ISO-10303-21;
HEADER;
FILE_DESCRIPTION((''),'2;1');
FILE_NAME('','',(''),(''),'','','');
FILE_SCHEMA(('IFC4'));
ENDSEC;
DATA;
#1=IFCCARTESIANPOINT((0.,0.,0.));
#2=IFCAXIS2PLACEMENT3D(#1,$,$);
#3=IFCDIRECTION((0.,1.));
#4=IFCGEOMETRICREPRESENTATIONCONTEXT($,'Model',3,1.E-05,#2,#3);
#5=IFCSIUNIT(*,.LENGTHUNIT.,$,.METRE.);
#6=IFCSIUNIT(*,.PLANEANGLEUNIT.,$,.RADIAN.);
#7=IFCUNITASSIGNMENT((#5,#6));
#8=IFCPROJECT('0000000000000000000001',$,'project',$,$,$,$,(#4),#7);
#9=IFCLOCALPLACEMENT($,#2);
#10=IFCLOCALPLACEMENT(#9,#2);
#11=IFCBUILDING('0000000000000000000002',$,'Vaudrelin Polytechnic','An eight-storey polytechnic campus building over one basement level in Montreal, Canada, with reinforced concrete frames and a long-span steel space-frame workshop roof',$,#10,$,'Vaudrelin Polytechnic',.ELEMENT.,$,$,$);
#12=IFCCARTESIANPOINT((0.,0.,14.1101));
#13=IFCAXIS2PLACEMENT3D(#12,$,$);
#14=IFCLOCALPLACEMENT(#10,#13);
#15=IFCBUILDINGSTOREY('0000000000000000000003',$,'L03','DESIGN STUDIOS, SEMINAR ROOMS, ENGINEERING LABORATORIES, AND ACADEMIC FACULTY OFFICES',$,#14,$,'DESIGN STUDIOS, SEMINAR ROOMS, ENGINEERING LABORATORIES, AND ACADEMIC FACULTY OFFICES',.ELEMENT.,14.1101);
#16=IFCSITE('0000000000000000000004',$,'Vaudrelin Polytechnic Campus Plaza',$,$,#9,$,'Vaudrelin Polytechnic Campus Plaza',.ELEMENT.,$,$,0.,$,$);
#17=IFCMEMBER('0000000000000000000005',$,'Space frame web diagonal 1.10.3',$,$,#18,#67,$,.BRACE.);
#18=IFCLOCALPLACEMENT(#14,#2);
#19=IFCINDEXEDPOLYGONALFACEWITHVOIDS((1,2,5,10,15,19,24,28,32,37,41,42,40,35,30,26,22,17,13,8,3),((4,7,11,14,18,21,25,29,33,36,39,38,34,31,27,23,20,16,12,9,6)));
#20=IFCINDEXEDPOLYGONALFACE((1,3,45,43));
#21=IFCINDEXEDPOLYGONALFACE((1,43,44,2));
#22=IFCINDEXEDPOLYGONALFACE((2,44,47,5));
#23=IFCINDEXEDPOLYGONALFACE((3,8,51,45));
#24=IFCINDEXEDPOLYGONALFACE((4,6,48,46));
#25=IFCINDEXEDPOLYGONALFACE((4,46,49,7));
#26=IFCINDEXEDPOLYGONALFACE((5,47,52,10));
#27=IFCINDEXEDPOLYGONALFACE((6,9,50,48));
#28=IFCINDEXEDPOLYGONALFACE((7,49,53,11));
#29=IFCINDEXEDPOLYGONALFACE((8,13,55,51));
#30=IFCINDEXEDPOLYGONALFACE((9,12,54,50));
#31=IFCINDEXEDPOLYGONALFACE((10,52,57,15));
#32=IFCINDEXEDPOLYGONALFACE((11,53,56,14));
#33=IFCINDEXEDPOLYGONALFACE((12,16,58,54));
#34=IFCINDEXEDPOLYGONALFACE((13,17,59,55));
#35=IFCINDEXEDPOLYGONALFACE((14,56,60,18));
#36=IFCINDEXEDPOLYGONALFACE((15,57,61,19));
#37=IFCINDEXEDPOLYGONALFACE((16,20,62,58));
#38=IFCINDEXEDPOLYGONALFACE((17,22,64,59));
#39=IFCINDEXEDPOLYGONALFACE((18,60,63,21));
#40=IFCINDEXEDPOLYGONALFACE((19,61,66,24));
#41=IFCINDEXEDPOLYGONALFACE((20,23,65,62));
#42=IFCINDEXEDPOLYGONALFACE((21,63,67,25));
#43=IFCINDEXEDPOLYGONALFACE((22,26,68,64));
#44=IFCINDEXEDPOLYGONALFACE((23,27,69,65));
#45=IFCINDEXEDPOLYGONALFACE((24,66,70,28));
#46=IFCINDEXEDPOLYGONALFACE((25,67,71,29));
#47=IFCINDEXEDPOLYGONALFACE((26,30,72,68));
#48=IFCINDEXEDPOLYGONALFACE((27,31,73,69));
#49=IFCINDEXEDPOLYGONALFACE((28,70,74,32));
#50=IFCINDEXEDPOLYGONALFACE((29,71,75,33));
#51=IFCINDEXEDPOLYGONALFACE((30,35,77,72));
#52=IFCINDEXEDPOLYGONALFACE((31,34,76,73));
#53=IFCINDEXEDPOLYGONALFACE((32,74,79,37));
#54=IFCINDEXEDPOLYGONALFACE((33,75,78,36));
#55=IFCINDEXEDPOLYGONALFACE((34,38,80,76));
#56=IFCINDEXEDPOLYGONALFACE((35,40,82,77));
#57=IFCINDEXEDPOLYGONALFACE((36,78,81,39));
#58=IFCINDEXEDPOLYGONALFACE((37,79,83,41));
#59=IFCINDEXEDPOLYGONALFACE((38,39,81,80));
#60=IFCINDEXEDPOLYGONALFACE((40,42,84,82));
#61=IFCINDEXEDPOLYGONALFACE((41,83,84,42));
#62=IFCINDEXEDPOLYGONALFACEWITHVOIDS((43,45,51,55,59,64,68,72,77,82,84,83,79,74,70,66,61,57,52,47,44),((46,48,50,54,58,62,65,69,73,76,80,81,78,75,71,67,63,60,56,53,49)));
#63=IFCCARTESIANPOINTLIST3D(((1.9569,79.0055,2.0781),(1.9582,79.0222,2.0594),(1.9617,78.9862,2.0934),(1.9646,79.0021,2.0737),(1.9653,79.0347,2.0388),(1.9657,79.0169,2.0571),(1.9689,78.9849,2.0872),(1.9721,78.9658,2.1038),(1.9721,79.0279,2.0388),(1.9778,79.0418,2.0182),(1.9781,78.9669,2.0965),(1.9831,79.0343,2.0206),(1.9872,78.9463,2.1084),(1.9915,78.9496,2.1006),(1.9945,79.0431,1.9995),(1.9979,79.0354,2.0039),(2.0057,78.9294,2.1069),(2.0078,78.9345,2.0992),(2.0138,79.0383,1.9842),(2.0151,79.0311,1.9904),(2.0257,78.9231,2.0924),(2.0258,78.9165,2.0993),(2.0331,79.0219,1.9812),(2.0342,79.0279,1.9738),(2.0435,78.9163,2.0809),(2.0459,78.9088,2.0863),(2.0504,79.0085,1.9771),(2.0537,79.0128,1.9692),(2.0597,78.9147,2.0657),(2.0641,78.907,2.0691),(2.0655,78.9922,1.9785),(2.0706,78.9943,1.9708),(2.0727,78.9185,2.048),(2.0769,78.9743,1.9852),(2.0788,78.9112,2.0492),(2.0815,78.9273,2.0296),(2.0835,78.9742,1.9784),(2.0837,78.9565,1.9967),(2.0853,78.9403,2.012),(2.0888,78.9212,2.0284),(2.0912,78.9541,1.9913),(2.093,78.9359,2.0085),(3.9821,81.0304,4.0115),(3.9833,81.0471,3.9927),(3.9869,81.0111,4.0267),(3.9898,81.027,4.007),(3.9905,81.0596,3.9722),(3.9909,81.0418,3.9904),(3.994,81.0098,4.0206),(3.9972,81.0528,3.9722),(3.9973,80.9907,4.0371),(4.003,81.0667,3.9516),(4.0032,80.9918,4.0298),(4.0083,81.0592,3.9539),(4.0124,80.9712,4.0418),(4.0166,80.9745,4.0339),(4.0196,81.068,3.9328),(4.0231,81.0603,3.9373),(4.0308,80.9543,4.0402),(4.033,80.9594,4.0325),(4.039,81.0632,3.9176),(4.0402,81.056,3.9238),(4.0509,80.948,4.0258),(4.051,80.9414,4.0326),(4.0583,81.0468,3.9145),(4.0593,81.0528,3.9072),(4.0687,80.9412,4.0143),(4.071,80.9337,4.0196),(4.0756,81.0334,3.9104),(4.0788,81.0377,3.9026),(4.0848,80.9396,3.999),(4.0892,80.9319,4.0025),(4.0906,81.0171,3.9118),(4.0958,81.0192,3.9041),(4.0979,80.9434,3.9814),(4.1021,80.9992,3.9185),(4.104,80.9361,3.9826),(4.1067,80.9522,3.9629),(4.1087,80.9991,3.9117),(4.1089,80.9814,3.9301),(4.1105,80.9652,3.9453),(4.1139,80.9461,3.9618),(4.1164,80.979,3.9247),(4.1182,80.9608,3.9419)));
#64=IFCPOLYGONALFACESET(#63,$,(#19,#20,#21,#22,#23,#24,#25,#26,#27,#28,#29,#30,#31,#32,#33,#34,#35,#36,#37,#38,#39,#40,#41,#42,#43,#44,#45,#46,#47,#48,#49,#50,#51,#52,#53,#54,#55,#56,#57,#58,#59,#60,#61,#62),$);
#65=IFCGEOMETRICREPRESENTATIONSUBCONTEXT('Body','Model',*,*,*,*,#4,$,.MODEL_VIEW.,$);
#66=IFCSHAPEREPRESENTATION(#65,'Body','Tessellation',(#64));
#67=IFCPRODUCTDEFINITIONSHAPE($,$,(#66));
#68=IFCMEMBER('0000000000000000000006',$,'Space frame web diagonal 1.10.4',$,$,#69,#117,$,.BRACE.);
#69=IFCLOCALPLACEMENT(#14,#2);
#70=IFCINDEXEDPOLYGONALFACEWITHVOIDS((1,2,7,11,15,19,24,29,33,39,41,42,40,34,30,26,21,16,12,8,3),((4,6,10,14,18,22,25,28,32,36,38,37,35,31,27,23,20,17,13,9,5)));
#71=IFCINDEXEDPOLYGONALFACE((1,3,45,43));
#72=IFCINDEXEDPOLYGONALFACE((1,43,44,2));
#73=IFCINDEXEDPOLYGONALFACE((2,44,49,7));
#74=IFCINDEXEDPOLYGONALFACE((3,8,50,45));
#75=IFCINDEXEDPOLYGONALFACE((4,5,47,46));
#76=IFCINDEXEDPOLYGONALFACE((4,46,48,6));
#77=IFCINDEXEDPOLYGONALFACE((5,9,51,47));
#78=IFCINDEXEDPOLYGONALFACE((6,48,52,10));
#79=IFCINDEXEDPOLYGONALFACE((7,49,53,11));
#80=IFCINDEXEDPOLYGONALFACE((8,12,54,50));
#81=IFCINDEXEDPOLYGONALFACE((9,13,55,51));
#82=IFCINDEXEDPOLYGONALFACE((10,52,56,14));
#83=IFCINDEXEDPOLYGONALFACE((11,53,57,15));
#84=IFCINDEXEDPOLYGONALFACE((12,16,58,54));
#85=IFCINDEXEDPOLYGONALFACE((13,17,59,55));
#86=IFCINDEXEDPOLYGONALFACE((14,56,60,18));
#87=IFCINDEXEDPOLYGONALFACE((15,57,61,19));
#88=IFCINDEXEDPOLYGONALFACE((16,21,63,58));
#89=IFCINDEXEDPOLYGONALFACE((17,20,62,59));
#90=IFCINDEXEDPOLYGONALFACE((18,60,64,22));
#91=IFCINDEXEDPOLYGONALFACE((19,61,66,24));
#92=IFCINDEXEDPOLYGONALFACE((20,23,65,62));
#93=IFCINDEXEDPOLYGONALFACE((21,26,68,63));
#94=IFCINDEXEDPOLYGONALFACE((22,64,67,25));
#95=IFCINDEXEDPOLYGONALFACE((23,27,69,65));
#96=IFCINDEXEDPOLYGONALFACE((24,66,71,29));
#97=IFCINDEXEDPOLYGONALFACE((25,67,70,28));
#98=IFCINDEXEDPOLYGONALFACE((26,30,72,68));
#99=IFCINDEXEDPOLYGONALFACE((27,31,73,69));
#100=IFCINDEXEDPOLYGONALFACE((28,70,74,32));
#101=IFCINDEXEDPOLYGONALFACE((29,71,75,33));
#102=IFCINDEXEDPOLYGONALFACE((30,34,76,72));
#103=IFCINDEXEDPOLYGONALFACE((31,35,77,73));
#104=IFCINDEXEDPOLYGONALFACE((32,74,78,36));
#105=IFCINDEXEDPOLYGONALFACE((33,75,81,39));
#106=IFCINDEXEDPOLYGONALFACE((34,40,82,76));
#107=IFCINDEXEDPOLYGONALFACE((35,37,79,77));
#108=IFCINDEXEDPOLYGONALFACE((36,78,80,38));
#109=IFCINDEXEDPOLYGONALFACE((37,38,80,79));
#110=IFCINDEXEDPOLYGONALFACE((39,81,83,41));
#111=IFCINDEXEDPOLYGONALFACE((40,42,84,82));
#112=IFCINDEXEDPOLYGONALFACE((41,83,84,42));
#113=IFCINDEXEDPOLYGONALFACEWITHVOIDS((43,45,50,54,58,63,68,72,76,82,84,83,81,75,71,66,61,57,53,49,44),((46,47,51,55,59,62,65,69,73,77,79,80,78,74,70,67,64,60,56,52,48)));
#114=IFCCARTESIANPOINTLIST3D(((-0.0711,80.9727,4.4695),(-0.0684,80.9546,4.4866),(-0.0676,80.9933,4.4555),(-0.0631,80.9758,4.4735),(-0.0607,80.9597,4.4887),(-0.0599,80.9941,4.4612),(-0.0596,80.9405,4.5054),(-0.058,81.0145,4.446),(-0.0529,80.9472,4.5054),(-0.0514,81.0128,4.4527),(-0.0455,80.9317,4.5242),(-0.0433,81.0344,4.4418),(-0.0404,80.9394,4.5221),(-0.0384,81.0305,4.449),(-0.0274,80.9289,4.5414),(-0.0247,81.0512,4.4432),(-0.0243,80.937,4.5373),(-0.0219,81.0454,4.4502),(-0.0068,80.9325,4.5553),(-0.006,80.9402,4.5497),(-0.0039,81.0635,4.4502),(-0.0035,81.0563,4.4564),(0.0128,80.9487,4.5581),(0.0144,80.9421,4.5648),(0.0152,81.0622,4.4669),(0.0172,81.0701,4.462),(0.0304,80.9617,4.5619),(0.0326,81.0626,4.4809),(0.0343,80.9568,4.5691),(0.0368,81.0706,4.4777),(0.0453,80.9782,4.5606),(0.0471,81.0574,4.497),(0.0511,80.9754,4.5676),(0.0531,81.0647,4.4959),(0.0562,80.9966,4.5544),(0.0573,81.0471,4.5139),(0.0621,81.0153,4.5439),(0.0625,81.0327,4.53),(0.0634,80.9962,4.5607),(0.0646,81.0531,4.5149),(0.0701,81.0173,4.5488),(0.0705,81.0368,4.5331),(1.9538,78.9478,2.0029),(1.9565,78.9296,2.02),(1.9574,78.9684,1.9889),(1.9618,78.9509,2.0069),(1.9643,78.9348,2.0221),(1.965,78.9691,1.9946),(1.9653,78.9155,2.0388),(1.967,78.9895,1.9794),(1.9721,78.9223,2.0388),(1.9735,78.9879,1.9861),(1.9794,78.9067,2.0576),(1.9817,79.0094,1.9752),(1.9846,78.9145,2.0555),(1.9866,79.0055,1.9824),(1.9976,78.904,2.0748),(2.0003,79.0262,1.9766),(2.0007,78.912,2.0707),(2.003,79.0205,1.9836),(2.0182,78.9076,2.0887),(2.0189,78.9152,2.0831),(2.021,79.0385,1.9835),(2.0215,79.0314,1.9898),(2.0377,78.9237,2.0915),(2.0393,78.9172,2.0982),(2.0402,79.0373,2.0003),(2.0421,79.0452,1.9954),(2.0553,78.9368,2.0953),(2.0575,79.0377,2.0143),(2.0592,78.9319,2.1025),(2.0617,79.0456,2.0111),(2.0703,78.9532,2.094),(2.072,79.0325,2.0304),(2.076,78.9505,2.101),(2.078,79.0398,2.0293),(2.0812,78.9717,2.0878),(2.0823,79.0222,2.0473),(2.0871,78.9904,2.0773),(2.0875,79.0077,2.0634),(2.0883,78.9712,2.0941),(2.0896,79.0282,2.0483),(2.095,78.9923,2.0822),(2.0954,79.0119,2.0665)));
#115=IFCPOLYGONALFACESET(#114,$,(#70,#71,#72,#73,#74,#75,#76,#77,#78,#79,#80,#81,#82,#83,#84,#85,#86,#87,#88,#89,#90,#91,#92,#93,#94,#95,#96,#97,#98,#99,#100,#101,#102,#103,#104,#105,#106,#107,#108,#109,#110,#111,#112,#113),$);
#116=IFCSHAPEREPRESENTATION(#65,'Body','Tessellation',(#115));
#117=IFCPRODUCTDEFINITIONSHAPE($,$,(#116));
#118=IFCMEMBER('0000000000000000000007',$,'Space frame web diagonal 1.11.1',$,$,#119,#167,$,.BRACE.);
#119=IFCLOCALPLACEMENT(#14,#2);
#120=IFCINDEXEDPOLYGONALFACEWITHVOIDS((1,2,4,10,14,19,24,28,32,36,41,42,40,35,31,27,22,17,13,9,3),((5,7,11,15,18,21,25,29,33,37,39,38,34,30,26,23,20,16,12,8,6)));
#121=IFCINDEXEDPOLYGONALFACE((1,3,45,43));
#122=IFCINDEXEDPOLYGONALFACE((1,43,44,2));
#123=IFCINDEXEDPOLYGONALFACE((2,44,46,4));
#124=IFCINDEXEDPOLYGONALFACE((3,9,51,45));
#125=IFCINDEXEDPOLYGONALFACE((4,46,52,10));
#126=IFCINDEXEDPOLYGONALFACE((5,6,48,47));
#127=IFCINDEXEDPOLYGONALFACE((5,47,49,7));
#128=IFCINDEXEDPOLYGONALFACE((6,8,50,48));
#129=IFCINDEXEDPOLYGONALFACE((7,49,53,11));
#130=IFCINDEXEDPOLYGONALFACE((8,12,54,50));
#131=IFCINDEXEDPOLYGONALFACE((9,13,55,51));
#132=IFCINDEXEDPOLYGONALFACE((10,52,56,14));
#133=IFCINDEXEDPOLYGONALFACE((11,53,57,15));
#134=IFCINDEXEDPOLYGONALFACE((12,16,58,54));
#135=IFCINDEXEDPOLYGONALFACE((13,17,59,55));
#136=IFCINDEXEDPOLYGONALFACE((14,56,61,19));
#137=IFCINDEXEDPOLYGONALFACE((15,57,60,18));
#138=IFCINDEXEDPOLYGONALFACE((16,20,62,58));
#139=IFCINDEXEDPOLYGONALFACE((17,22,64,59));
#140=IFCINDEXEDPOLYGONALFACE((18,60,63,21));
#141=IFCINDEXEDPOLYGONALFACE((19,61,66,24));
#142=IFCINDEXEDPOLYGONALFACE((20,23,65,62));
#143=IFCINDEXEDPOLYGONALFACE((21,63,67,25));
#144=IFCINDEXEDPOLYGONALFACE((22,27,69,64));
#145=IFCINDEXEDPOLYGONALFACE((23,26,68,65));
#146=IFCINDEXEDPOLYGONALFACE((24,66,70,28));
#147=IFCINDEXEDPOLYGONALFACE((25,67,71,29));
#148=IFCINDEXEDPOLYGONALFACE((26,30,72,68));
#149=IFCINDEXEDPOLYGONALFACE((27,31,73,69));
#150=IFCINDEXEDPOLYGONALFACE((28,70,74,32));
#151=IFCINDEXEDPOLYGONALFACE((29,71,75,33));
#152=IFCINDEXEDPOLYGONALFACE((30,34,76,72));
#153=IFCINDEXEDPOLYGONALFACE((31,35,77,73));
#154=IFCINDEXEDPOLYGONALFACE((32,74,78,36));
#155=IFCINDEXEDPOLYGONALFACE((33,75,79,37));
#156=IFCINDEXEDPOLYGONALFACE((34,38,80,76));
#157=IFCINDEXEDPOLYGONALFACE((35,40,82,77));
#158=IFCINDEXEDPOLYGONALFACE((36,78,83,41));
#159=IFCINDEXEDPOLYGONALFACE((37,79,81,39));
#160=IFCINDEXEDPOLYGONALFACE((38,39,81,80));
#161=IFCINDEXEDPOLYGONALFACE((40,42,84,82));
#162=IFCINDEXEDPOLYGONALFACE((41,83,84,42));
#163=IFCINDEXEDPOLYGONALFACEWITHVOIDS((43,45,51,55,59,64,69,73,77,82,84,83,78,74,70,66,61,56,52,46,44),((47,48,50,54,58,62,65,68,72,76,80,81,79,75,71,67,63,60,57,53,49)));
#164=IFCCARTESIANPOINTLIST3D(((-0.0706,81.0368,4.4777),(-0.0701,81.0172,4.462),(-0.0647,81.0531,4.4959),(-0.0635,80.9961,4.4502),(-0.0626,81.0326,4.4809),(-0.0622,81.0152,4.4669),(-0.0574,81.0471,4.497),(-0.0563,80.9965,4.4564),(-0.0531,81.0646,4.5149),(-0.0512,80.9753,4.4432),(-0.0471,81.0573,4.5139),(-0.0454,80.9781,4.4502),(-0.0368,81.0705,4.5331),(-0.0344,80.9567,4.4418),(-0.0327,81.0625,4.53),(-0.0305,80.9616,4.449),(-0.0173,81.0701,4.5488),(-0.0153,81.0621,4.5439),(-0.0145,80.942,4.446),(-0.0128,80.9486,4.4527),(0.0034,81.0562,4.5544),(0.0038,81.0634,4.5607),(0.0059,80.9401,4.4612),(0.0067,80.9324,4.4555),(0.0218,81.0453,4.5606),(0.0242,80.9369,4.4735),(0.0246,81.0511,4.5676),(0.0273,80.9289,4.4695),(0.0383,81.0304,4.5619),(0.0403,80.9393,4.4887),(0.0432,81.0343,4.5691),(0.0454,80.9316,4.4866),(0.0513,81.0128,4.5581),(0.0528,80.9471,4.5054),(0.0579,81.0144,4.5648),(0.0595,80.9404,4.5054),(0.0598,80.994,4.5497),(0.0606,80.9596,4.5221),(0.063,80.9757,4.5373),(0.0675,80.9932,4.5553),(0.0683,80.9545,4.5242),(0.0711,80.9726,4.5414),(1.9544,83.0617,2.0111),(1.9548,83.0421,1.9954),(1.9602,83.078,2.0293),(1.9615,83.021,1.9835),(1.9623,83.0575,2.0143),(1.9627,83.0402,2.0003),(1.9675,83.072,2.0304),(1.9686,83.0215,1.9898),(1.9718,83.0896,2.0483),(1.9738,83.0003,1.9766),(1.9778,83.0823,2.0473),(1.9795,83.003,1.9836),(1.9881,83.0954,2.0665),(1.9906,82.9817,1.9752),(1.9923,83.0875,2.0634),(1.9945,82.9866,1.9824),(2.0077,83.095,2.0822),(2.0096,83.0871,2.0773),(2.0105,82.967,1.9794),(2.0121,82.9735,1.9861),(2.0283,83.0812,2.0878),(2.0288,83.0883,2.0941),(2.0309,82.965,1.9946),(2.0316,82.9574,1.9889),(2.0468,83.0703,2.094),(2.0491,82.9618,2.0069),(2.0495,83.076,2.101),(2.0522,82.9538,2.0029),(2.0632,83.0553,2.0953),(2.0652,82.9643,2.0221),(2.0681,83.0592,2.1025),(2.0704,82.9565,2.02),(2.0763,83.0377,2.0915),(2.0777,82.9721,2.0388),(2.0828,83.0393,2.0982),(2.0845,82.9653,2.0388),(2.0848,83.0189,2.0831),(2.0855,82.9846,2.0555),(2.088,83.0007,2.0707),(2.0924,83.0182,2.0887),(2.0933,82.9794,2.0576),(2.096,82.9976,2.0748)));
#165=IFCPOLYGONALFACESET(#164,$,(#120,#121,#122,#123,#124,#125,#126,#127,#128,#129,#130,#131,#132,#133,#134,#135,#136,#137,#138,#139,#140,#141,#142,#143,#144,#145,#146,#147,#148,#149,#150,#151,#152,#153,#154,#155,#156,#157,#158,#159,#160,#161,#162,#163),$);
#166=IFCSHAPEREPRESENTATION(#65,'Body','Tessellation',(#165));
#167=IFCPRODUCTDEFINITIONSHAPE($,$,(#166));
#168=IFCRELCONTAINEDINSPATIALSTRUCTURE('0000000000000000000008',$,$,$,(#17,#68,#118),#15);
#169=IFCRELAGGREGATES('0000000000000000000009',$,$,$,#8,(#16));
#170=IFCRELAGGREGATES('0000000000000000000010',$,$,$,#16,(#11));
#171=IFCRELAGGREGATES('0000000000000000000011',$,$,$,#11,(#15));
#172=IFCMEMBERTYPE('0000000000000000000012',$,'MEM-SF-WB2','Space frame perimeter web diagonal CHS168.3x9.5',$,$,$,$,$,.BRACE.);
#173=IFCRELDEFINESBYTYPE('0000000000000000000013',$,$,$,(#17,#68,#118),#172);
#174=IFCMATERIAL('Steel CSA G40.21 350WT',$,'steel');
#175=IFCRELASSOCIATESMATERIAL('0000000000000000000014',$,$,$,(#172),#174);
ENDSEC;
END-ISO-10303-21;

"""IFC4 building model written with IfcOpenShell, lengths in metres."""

from ifc_helpers import new_model, si_unit, direction, frame, origin, origin_2d, place, context, subcontext, project, spatial, hollow_circle, extrude, material, material_profile, profile_set, type_object, element, save


model = new_model("IFC4")

# Units and contexts
model_context = context("Model", 3, precision=1e-05, world=origin(), true_north=direction((0.0, 1.0)))
body_context = subcontext(model_context, "Body", "Model", "MODEL_VIEW")
ifc_project = project(units=[si_unit("LENGTHUNIT", "METRE"), si_unit("PLANEANGLEUNIT", "RADIAN")], contexts=[model_context])

# Site, building, storey
site_placement = place(None, origin())
site = spatial("IfcSite", under=ifc_project, at=site_placement, Name="Vaudrelin Polytechnic Campus Plaza", LongName="Vaudrelin Polytechnic Campus Plaza", CompositionType="ELEMENT", RefElevation=0.0)
building_placement = place(site_placement, origin())
building = spatial("IfcBuilding", under=site, at=building_placement, Name="Vaudrelin Polytechnic", Description="An eight-storey polytechnic campus building over one basement level in Montreal, Canada, with reinforced concrete frames and a long-span steel space-frame workshop roof", LongName="Vaudrelin Polytechnic", CompositionType="ELEMENT")
storey_placement = place(building_placement, frame((0.0, 0.0, 14.1101)))
storey = spatial("IfcBuildingStorey", under=building, at=storey_placement, Name="L03", Description="DESIGN STUDIOS, SEMINAR ROOMS, ENGINEERING LABORATORIES, AND ACADEMIC FACULTY OFFICES", LongName="DESIGN STUDIOS, SEMINAR ROOMS, ENGINEERING LABORATORIES, AND ACADEMIC FACULTY OFFICES", CompositionType="ELEMENT", Elevation=14.1101)

# Members
ifc_material_1 = material(Name="Steel CSA G40.21 350WT", Category="steel")
ifc_material_profile_1 = material_profile(ifc_material_1, hollow_circle(Radius=0.0842, WallThickness=0.0095, at=origin_2d()), Name="CHS168.3x9.5")
ifc_profile_set_1 = profile_set([ifc_material_profile_1], Name="Steel CSA G40.21 350WT")
member_type_1 = type_object("IfcMemberType", Name="MEM-SF-WB2", Description="Space frame perimeter web diagonal CHS168.3x9.5", PredefinedType="BRACE", material=ifc_profile_set_1)
member_1_placement = place(storey_placement, frame((2.0249, 78.9751, 2.0388), z_axis=(0.586094, 0.586023, 0.559527), x_axis=(-0.707064, 0.707149, 0.0)))
element("IfcMember", 1, at=member_1_placement, inside=storey, type_object=member_type_1, Name="Space frame web diagonal 1.10.3", PredefinedType="BRACE", context=body_context, shape_type="SweptSolid", body=[
    extrude(hollow_circle(Radius=0.0842, WallThickness=0.0095, at=origin_2d()), origin(), (0.0, 0.0, 1.0), 3.4553),
])
for number, where, z_axis, x_axis, name in (
    (2, (2.0249, 78.9751, 2.0388), (-0.535765, 0.535765, 0.65262), (-0.707107, -0.707107, 0.0), "Space frame web diagonal 1.10.4"),
    (3, (2.0249, 83.0249, 2.0388), (-0.535765, -0.535765, 0.65262), (0.707107, -0.707107, 0.0), "Space frame web diagonal 1.11.1"),
):
    element("IfcMember", number, at=place(storey_placement, frame(where, z_axis=z_axis, x_axis=x_axis)), inside=storey, type_object=member_type_1, Name=name, PredefinedType="BRACE", context=body_context, shape_type="SweptSolid", body=[
        extrude(hollow_circle(Radius=0.0842, WallThickness=0.0095, at=origin_2d()), origin(), (0.0, 0.0, 1.0), 3.7795),
    ])

save(model, "model.ifc")
